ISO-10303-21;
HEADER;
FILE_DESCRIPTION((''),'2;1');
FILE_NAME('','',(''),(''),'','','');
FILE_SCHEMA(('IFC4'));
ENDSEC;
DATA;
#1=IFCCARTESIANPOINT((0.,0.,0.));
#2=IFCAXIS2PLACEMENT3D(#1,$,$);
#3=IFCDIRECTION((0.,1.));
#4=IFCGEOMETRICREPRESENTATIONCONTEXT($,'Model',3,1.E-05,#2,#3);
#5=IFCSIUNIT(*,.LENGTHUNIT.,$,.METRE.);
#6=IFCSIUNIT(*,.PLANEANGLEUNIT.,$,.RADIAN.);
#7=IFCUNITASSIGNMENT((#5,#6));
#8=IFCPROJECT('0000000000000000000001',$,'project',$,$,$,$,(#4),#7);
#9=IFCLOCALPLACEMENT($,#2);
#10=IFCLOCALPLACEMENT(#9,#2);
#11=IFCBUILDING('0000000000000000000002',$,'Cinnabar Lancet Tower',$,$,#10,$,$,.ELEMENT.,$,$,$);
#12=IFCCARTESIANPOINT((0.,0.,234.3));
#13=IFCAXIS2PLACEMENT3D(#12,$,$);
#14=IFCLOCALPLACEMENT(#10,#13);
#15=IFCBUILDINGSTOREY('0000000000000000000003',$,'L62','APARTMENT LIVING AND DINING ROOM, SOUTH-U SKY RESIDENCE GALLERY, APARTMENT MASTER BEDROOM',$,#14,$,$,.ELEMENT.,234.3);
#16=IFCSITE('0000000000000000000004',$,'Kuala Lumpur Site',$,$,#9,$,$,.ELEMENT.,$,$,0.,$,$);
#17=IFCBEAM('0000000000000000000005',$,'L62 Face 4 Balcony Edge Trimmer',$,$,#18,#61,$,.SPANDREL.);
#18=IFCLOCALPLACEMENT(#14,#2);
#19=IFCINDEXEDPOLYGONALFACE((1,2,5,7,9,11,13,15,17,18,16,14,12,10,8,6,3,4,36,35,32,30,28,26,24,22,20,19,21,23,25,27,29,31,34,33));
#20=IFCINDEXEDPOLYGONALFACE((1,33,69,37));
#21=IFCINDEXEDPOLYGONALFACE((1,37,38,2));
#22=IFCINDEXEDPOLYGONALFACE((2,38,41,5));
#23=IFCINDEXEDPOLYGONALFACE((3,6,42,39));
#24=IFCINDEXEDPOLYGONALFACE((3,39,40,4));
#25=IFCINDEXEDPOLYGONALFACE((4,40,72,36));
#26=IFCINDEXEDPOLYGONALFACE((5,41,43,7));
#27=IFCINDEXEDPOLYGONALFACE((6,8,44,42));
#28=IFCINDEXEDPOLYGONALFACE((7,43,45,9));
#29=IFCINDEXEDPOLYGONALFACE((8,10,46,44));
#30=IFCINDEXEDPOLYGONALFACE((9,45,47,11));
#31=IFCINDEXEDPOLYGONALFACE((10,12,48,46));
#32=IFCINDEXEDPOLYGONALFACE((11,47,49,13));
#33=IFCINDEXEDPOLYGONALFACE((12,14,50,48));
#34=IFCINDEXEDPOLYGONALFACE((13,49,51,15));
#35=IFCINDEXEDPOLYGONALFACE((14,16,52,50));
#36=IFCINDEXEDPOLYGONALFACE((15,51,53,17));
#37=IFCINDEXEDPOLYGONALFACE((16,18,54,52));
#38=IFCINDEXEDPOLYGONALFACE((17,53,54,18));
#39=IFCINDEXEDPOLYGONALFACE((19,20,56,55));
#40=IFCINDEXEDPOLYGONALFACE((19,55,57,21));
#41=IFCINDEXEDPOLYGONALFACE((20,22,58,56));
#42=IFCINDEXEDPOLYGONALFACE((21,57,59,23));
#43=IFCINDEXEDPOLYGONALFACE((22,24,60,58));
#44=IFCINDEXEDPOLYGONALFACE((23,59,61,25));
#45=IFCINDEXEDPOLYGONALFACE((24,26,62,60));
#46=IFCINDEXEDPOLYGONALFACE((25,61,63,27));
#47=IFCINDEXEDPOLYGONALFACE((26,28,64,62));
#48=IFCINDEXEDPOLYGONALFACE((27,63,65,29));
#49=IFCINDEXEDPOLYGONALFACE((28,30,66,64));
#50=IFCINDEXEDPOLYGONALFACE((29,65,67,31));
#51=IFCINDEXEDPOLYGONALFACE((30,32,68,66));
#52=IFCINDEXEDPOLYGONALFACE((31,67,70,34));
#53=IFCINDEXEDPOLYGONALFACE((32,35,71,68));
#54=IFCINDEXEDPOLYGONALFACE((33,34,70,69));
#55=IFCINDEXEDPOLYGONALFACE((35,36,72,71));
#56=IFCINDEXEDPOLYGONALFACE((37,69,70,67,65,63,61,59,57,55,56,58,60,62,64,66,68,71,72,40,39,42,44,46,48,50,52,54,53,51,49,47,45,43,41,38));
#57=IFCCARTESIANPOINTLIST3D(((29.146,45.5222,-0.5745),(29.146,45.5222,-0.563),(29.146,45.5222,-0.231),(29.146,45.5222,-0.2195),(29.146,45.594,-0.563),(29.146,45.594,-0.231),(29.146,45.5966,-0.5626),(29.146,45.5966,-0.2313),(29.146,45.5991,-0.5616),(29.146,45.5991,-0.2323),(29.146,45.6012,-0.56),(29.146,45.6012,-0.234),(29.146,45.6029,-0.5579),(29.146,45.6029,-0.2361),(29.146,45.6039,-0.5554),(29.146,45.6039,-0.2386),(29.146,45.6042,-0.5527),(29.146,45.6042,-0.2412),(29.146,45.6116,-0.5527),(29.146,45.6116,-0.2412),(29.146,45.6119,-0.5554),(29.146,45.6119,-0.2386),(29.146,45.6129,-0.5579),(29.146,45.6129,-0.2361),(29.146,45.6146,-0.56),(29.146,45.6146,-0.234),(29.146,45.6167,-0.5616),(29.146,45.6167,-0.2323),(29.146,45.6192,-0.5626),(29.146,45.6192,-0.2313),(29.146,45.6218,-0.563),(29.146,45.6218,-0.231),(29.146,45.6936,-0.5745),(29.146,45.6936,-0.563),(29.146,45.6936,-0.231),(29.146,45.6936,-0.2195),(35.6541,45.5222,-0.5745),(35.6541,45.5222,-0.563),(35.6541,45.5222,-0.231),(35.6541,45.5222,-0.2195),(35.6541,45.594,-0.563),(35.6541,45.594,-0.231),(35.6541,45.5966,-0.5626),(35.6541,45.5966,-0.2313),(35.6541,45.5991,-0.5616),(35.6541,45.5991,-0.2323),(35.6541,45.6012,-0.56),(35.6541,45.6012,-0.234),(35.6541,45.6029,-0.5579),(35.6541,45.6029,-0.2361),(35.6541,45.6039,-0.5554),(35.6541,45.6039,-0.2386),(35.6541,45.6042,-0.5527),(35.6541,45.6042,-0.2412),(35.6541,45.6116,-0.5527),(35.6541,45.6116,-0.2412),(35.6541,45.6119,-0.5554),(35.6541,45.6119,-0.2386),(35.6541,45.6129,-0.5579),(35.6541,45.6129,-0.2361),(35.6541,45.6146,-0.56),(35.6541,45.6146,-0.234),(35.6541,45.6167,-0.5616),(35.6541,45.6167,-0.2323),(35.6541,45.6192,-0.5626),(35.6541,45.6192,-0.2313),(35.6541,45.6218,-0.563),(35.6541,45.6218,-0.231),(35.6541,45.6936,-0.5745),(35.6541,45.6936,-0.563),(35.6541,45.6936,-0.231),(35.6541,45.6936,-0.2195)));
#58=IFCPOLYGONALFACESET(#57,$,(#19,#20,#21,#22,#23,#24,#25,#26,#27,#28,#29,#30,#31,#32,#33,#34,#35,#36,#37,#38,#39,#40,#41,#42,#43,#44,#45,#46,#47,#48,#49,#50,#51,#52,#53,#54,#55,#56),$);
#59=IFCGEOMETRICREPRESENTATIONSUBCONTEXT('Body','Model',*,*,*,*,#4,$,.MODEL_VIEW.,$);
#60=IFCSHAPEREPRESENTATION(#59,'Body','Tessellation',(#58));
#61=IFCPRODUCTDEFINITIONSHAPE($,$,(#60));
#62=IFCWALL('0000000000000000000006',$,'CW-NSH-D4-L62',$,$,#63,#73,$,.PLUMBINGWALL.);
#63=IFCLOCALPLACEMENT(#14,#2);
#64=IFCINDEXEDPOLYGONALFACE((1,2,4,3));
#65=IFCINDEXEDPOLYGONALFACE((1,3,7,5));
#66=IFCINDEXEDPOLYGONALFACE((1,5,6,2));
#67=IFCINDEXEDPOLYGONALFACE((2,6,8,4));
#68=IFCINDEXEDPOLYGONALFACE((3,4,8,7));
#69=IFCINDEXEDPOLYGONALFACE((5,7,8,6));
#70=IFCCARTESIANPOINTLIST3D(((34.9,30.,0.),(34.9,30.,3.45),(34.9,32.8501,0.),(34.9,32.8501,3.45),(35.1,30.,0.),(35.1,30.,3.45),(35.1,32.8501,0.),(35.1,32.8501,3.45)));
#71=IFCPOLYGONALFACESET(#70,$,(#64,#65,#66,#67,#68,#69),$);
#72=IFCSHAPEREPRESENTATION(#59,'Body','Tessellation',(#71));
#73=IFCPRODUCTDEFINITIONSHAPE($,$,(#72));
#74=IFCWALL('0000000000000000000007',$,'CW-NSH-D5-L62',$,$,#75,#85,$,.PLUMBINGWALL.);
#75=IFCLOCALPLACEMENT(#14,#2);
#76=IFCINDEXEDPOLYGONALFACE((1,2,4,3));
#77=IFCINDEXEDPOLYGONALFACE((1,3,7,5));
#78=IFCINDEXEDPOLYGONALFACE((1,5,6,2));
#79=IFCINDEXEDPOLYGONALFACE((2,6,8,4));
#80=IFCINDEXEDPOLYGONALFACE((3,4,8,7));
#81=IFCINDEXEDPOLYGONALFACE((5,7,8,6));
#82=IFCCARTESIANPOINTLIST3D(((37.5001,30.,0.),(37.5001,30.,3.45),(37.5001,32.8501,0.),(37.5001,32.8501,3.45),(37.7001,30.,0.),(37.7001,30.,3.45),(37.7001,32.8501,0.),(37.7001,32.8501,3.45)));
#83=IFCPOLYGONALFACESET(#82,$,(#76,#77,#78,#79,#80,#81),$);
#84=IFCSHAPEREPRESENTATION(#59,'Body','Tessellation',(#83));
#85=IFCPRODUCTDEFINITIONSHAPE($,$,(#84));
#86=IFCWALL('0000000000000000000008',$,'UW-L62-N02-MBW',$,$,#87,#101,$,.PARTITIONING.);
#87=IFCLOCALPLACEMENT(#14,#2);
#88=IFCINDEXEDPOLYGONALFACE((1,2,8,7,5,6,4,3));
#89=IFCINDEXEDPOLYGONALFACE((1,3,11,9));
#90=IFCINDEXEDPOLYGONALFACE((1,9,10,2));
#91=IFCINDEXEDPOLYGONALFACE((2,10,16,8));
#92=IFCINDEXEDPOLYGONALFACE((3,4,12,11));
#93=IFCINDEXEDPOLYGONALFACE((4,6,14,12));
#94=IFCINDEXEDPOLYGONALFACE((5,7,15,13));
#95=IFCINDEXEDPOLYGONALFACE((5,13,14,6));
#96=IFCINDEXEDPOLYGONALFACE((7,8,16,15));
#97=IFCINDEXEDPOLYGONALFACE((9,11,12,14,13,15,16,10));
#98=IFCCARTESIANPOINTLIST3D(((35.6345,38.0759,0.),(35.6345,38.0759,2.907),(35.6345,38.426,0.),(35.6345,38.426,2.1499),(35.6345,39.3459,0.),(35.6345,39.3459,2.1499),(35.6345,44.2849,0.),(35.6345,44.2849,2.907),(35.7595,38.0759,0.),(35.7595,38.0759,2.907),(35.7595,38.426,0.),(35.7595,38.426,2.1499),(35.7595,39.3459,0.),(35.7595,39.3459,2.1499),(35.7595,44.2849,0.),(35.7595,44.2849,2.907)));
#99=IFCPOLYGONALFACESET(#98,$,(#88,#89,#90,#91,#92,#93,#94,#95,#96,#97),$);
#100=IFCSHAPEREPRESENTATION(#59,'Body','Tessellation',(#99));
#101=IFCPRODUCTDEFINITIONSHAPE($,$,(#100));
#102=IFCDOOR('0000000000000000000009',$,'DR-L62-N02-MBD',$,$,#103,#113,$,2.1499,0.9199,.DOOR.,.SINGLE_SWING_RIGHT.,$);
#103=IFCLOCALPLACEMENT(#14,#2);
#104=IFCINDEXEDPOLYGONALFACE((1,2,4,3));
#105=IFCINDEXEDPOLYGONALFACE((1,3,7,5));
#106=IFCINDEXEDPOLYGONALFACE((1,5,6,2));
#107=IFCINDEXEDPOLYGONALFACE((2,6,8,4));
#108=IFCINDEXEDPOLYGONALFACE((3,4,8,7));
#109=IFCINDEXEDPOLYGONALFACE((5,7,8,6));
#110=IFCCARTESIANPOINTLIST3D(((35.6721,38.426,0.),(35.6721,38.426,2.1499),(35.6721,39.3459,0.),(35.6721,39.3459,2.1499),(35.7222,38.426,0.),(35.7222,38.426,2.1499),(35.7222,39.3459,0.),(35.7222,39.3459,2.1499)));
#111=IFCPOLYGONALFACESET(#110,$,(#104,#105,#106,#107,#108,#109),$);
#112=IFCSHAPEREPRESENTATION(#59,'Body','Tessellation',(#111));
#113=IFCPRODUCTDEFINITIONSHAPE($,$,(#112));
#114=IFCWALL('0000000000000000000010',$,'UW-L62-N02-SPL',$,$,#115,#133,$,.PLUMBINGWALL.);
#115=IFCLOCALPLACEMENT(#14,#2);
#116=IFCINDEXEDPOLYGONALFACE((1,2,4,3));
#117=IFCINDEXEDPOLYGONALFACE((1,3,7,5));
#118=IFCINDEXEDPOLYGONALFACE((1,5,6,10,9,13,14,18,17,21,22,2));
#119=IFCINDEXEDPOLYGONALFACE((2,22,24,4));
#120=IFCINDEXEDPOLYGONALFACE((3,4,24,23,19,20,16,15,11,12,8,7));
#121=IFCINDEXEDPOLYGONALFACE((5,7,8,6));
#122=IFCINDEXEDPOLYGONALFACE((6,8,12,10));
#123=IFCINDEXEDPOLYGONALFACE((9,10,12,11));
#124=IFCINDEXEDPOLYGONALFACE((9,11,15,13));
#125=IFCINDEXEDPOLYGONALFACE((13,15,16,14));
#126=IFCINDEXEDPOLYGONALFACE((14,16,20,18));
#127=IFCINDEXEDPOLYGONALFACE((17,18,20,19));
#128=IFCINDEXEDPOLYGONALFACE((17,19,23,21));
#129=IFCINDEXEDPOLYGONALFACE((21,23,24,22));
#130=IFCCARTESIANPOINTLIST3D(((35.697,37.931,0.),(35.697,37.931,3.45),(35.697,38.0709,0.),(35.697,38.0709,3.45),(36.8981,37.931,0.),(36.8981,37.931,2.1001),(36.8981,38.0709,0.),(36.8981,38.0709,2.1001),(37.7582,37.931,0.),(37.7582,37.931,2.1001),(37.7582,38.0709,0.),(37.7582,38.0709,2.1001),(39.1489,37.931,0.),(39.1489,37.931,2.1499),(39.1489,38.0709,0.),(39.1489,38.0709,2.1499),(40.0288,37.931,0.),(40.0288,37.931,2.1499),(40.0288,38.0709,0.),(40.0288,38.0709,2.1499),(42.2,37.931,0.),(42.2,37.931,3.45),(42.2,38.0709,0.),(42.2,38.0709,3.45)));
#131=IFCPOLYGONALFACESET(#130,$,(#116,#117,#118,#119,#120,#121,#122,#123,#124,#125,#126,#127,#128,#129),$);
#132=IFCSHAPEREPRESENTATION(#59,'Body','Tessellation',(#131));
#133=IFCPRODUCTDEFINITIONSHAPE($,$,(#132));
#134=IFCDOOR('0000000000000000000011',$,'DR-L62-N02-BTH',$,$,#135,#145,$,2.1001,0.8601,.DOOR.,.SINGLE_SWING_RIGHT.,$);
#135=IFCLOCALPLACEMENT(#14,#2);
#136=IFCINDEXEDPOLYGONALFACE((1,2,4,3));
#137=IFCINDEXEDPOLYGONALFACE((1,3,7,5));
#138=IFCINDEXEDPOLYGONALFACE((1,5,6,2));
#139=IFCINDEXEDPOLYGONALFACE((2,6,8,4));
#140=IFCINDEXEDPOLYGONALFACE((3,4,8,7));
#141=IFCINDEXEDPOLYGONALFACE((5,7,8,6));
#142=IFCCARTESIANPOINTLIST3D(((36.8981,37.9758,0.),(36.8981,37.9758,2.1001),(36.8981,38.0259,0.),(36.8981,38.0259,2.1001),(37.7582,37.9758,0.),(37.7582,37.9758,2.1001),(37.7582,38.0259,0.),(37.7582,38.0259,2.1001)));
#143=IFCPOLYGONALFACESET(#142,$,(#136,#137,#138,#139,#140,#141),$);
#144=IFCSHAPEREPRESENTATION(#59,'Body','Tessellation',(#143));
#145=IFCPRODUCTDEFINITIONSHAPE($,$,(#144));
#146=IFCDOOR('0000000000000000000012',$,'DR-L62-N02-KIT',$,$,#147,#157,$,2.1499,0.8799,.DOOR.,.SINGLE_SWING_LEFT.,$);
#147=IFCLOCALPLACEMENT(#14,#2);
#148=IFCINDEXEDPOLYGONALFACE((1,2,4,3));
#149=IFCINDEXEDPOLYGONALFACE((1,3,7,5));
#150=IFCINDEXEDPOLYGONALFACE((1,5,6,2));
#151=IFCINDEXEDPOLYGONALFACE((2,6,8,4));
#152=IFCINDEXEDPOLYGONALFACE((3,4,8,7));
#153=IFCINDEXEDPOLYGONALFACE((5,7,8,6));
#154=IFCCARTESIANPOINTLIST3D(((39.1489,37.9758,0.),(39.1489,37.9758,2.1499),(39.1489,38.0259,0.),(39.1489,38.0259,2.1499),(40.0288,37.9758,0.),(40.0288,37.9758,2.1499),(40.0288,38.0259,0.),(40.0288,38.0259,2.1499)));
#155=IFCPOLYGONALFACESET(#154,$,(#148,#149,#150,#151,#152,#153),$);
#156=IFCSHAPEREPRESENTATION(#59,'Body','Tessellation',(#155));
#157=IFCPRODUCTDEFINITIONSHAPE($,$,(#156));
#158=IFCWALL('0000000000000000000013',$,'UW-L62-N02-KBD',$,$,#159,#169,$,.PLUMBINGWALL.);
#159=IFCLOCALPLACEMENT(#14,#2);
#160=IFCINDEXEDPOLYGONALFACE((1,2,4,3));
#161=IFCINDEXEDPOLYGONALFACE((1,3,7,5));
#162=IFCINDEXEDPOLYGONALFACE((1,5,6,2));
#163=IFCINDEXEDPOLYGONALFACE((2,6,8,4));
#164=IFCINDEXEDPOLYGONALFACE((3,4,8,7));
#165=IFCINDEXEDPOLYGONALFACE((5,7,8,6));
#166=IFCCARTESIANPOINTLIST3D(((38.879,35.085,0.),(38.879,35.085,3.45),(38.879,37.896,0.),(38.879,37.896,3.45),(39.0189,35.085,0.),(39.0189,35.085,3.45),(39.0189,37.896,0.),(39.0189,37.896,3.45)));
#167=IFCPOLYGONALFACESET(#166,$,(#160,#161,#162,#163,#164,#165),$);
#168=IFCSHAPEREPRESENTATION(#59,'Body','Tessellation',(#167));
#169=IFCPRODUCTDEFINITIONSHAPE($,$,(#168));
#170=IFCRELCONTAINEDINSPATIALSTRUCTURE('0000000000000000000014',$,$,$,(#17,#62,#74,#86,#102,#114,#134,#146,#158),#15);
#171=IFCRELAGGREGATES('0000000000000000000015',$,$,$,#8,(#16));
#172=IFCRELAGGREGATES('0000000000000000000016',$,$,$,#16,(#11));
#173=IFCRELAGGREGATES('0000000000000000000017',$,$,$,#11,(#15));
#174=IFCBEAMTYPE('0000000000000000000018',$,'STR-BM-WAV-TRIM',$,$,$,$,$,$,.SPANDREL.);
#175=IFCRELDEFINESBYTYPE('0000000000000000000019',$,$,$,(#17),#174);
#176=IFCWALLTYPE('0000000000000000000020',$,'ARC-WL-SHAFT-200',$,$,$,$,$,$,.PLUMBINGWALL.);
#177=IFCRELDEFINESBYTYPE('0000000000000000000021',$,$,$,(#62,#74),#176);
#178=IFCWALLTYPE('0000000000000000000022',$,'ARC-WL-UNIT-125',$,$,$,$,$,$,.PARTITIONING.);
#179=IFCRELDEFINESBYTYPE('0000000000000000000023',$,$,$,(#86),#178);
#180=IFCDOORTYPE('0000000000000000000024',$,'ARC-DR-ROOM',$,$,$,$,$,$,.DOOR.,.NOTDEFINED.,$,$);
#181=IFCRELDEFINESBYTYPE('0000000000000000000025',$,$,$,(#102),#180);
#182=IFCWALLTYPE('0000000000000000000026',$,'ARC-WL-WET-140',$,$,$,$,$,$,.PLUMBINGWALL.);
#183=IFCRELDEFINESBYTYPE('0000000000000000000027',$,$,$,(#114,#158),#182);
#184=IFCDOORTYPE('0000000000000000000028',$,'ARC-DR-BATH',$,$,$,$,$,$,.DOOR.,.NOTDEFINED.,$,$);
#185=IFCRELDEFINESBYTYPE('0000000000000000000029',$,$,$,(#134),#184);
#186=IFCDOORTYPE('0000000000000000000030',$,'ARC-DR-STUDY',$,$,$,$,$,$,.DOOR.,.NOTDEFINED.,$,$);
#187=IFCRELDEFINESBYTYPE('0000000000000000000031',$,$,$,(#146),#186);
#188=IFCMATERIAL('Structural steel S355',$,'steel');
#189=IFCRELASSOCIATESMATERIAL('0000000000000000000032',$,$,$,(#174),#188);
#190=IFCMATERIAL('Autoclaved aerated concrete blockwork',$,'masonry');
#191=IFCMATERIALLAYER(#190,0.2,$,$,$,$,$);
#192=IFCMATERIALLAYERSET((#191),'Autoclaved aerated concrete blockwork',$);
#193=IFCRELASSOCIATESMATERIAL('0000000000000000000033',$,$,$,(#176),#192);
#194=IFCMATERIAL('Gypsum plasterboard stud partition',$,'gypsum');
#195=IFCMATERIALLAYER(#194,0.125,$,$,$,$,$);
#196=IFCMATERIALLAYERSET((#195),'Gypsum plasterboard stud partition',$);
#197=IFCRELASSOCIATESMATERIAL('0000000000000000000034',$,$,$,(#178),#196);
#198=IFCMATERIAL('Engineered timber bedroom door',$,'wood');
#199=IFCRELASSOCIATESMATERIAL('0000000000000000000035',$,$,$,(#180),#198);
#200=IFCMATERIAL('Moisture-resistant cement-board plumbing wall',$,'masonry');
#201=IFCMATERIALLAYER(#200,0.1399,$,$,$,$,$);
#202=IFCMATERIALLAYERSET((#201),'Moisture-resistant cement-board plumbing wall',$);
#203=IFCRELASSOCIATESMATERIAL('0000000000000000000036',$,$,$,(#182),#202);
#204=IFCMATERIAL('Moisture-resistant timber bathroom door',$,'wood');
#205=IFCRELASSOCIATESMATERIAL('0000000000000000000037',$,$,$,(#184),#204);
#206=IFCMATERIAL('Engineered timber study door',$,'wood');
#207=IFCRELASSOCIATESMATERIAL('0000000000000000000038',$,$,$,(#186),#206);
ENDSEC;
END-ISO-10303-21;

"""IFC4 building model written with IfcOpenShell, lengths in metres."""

from ifc_helpers import new_model, si_unit, direction, frame, frame_2d, origin, origin_2d, place, context, subcontext, project, spatial, rectangle, i_section, extrude, material, layer, layer_set, material_profile, profile_set, type_object, element, fill, save


model = new_model("IFC4")

# Units and contexts
model_context = context("Model", 3, precision=1e-05, world=origin(), true_north=direction((0.0, 1.0)))
body_context = subcontext(model_context, "Body", "Model", "MODEL_VIEW")
ifc_project = project(units=[si_unit("LENGTHUNIT", "METRE"), si_unit("PLANEANGLEUNIT", "RADIAN")], contexts=[model_context])

# Site, building, storey
site_placement = place(None, origin())
site = spatial("IfcSite", under=ifc_project, at=site_placement, Name="Kuala Lumpur Site", CompositionType="ELEMENT", RefElevation=0.0)
building_placement = place(site_placement, origin())
building = spatial("IfcBuilding", under=site, at=building_placement, Name="Cinnabar Lancet Tower", CompositionType="ELEMENT")
storey_placement = place(building_placement, frame((0.0, 0.0, 234.3)))
storey = spatial("IfcBuildingStorey", under=building, at=storey_placement, Name="L62", Description="APARTMENT LIVING AND DINING ROOM, SOUTH-U SKY RESIDENCE GALLERY, APARTMENT MASTER BEDROOM", CompositionType="ELEMENT", Elevation=234.3)

# Beam
ifc_material_1 = material(Name="Structural steel S355", Category="steel")
ifc_material_profile_1 = material_profile(ifc_material_1, i_section(OverallWidth=0.1714, OverallDepth=0.355, WebThickness=0.0073, FlangeThickness=0.0115, FilletRadius=0.0103, at=origin_2d()), Name="UKB 356x171x51")
ifc_profile_set_1 = profile_set([ifc_material_profile_1], Name="Structural steel S355")
beam_type_1 = type_object("IfcBeamType", Name="STR-BM-WAV-TRIM", PredefinedType="SPANDREL", material=ifc_profile_set_1)
beam_1_placement = place(storey_placement, frame((35.6541, 45.6079, -0.397), z_axis=(-1.0, 0.0, 0.0), x_axis=(0.0, -1.0, 0.0)))
element("IfcBeam", 1, at=beam_1_placement, inside=storey, type_object=beam_type_1, Name="L62 Face 4 Balcony Edge Trimmer", PredefinedType="SPANDREL", context=body_context, shape_type="SweptSolid", body=[
    extrude(i_section(OverallWidth=0.1714, OverallDepth=0.355, WebThickness=0.0073, FlangeThickness=0.0115, FilletRadius=0.0103, at=origin_2d()), origin(), (0.0, 0.0, 1.0), 6.5081),
])

# Walls
ifc_material_2 = material(Name="Autoclaved aerated concrete blockwork", Category="masonry")
ifc_layer_1 = layer(ifc_material_2, 0.2)
ifc_layer_set_1 = layer_set([ifc_layer_1], Name="Autoclaved aerated concrete blockwork")
wall_type_1 = type_object("IfcWallType", Name="ARC-WL-SHAFT-200", PredefinedType="PLUMBINGWALL", material=ifc_layer_set_1)
for number, where, z_axis, x_axis, name in (
    (2, (35.0, 30.0, 0.0), (0.0, 0.0, 1.0), (0.0, 1.0, 0.0), "CW-NSH-D4-L62"),
    (3, (37.6001, 30.0, 0.0), (0.0, 0.0, 1.0), (0.0, 1.0, 0.0), "CW-NSH-D5-L62"),
):
    element("IfcWall", number, at=place(storey_placement, frame(where, z_axis=z_axis, x_axis=x_axis)), inside=storey, type_object=wall_type_1, Name=name, PredefinedType="PLUMBINGWALL", context=body_context, shape_type="SweptSolid", body=[
        extrude(rectangle(XDim=2.8501, YDim=0.2, at=frame_2d((1.425, 0.0))), origin(), (0.0, 0.0, 1.0), 3.45),
    ])

# Wall, opening, door
ifc_material_3 = material(Name="Gypsum plasterboard stud partition", Category="gypsum")
ifc_layer_2 = layer(ifc_material_3, 0.125)
ifc_layer_set_2 = layer_set([ifc_layer_2], Name="Gypsum plasterboard stud partition")
wall_type_2 = type_object("IfcWallType", Name="ARC-WL-UNIT-125", PredefinedType="PARTITIONING", material=ifc_layer_set_2)
wall_1_placement = place(storey_placement, frame((35.697, 38.0759, 0.0), z_axis=(0.0, 0.0, 1.0), x_axis=(0.0, 1.0, 0.0)))
wall_1 = element("IfcWall", 4, at=wall_1_placement, inside=storey, type_object=wall_type_2, Name="UW-L62-N02-MBW", PredefinedType="PARTITIONING", context=body_context, shape_type="SweptSolid", body=[
    extrude(rectangle(XDim=6.209, YDim=0.125, at=frame_2d((3.1045, 0.0))), origin(), (0.0, 0.0, 1.0), 2.907),
])
opening_1_placement = place(wall_1_placement, frame((0.3501, 0.0, 0.0)))
opening_1 = element("IfcOpeningElement", 5, at=opening_1_placement, cuts=wall_1, PredefinedType="OPENING", context=body_context, shape_type="SweptSolid", body=[
    extrude(rectangle(XDim=0.9199, YDim=2.1499, at=frame_2d((0.46, 1.075))), frame((0.0, 0.0725, 0.0), z_axis=(0.0, -1.0, 0.0), x_axis=(1.0, 0.0, 0.0)), (0.0, 0.0, 1.0), 0.145),
])
ifc_material_4 = material(Name="Engineered timber bedroom door", Category="wood")
door_type_1 = type_object("IfcDoorType", Name="ARC-DR-ROOM", OperationType="NOTDEFINED", PredefinedType="DOOR", material=ifc_material_4)
door_1_placement = place(opening_1_placement, origin())
door_1 = element("IfcDoor", 6, at=door_1_placement, inside=storey, type_object=door_type_1, Name="DR-L62-N02-MBD", OperationType="SINGLE_SWING_RIGHT", OverallHeight=2.1499, OverallWidth=0.9199, PredefinedType="DOOR", context=body_context, shape_type="SweptSolid", body=[
    extrude(rectangle(XDim=0.9199, YDim=2.1499, at=frame_2d((0.46, 1.075))), frame((0.0, 0.0249, 0.0), z_axis=(0.0, -1.0, 0.0), x_axis=(1.0, 0.0, 0.0)), (0.0, 0.0, 1.0), 0.05),
])
fill(opening_1, door_1)

# Wall, openings, doors
ifc_material_5 = material(Name="Moisture-resistant cement-board plumbing wall", Category="masonry")
ifc_layer_3 = layer(ifc_material_5, 0.1399)
ifc_layer_set_3 = layer_set([ifc_layer_3], Name="Moisture-resistant cement-board plumbing wall")
wall_type_3 = type_object("IfcWallType", Name="ARC-WL-WET-140", PredefinedType="PLUMBINGWALL", material=ifc_layer_set_3)
wall_2_placement = place(storey_placement, frame((35.697, 38.001, 0.0), z_axis=(0.0, 0.0, 1.0), x_axis=(1.0, 0.0, 0.0)))
wall_2 = element("IfcWall", 7, at=wall_2_placement, inside=storey, type_object=wall_type_3, Name="UW-L62-N02-SPL", PredefinedType="PLUMBINGWALL", context=body_context, shape_type="SweptSolid", body=[
    extrude(rectangle(XDim=6.5029, YDim=0.1399, at=frame_2d((3.2515, 0.0))), origin(), (0.0, 0.0, 1.0), 3.45),
])
opening_2_placement = place(wall_2_placement, frame((1.2009, 0.0, 0.0)))
opening_2 = element("IfcOpeningElement", 8, at=opening_2_placement, cuts=wall_2, PredefinedType="OPENING", context=body_context, shape_type="SweptSolid", body=[
    extrude(rectangle(XDim=0.8601, YDim=2.1001, at=frame_2d((0.4302, 1.05))), frame((0.0, 0.0798, 0.0), z_axis=(0.0, -1.0, 0.0), x_axis=(1.0, 0.0, 0.0)), (0.0, 0.0, 1.0), 0.1599),
])
opening_3_placement = place(wall_2_placement, frame((3.4519, 0.0, 0.0)))
opening_3 = element("IfcOpeningElement", 9, at=opening_3_placement, cuts=wall_2, PredefinedType="OPENING", context=body_context, shape_type="SweptSolid", body=[
    extrude(rectangle(XDim=0.8799, YDim=2.1499, at=frame_2d((0.4399, 1.075))), frame((0.0, 0.0798, 0.0), z_axis=(0.0, -1.0, 0.0), x_axis=(1.0, 0.0, 0.0)), (0.0, 0.0, 1.0), 0.1599),
])
ifc_material_6 = material(Name="Moisture-resistant timber bathroom door", Category="wood")
door_type_2 = type_object("IfcDoorType", Name="ARC-DR-BATH", OperationType="NOTDEFINED", PredefinedType="DOOR", material=ifc_material_6)
door_2_placement = place(opening_2_placement, origin())
door_2 = element("IfcDoor", 10, at=door_2_placement, inside=storey, type_object=door_type_2, Name="DR-L62-N02-BTH", OperationType="SINGLE_SWING_RIGHT", OverallHeight=2.1001, OverallWidth=0.8601, PredefinedType="DOOR", context=body_context, shape_type="SweptSolid", body=[
    extrude(rectangle(XDim=0.8601, YDim=2.1001, at=frame_2d((0.4302, 1.05))), frame((0.0, 0.0249, 0.0), z_axis=(0.0, -1.0, 0.0), x_axis=(1.0, 0.0, 0.0)), (0.0, 0.0, 1.0), 0.05),
])
fill(opening_2, door_2)
ifc_material_7 = material(Name="Engineered timber study door", Category="wood")
door_type_3 = type_object("IfcDoorType", Name="ARC-DR-STUDY", OperationType="NOTDEFINED", PredefinedType="DOOR", material=ifc_material_7)
door_3_placement = place(opening_3_placement, origin())
door_3 = element("IfcDoor", 11, at=door_3_placement, inside=storey, type_object=door_type_3, Name="DR-L62-N02-KIT", OperationType="SINGLE_SWING_LEFT", OverallHeight=2.1499, OverallWidth=0.8799, PredefinedType="DOOR", context=body_context, shape_type="SweptSolid", body=[
    extrude(rectangle(XDim=0.8799, YDim=2.1499, at=frame_2d((0.4399, 1.075))), frame((0.0, 0.0249, 0.0), z_axis=(0.0, -1.0, 0.0), x_axis=(1.0, 0.0, 0.0)), (0.0, 0.0, 1.0), 0.05),
])
fill(opening_3, door_3)

# Wall
wall_3_placement = place(storey_placement, frame((38.949, 35.085, 0.0), z_axis=(0.0, 0.0, 1.0), x_axis=(0.0, 1.0, 0.0)))
element("IfcWall", 12, at=wall_3_placement, inside=storey, type_object=wall_type_3, Name="UW-L62-N02-KBD", PredefinedType="PLUMBINGWALL", context=body_context, shape_type="SweptSolid", body=[
    extrude(rectangle(XDim=2.811, YDim=0.1399, at=frame_2d((1.4055, 0.0))), origin(), (0.0, 0.0, 1.0), 3.45),
])

save(model, "model.ifc")
